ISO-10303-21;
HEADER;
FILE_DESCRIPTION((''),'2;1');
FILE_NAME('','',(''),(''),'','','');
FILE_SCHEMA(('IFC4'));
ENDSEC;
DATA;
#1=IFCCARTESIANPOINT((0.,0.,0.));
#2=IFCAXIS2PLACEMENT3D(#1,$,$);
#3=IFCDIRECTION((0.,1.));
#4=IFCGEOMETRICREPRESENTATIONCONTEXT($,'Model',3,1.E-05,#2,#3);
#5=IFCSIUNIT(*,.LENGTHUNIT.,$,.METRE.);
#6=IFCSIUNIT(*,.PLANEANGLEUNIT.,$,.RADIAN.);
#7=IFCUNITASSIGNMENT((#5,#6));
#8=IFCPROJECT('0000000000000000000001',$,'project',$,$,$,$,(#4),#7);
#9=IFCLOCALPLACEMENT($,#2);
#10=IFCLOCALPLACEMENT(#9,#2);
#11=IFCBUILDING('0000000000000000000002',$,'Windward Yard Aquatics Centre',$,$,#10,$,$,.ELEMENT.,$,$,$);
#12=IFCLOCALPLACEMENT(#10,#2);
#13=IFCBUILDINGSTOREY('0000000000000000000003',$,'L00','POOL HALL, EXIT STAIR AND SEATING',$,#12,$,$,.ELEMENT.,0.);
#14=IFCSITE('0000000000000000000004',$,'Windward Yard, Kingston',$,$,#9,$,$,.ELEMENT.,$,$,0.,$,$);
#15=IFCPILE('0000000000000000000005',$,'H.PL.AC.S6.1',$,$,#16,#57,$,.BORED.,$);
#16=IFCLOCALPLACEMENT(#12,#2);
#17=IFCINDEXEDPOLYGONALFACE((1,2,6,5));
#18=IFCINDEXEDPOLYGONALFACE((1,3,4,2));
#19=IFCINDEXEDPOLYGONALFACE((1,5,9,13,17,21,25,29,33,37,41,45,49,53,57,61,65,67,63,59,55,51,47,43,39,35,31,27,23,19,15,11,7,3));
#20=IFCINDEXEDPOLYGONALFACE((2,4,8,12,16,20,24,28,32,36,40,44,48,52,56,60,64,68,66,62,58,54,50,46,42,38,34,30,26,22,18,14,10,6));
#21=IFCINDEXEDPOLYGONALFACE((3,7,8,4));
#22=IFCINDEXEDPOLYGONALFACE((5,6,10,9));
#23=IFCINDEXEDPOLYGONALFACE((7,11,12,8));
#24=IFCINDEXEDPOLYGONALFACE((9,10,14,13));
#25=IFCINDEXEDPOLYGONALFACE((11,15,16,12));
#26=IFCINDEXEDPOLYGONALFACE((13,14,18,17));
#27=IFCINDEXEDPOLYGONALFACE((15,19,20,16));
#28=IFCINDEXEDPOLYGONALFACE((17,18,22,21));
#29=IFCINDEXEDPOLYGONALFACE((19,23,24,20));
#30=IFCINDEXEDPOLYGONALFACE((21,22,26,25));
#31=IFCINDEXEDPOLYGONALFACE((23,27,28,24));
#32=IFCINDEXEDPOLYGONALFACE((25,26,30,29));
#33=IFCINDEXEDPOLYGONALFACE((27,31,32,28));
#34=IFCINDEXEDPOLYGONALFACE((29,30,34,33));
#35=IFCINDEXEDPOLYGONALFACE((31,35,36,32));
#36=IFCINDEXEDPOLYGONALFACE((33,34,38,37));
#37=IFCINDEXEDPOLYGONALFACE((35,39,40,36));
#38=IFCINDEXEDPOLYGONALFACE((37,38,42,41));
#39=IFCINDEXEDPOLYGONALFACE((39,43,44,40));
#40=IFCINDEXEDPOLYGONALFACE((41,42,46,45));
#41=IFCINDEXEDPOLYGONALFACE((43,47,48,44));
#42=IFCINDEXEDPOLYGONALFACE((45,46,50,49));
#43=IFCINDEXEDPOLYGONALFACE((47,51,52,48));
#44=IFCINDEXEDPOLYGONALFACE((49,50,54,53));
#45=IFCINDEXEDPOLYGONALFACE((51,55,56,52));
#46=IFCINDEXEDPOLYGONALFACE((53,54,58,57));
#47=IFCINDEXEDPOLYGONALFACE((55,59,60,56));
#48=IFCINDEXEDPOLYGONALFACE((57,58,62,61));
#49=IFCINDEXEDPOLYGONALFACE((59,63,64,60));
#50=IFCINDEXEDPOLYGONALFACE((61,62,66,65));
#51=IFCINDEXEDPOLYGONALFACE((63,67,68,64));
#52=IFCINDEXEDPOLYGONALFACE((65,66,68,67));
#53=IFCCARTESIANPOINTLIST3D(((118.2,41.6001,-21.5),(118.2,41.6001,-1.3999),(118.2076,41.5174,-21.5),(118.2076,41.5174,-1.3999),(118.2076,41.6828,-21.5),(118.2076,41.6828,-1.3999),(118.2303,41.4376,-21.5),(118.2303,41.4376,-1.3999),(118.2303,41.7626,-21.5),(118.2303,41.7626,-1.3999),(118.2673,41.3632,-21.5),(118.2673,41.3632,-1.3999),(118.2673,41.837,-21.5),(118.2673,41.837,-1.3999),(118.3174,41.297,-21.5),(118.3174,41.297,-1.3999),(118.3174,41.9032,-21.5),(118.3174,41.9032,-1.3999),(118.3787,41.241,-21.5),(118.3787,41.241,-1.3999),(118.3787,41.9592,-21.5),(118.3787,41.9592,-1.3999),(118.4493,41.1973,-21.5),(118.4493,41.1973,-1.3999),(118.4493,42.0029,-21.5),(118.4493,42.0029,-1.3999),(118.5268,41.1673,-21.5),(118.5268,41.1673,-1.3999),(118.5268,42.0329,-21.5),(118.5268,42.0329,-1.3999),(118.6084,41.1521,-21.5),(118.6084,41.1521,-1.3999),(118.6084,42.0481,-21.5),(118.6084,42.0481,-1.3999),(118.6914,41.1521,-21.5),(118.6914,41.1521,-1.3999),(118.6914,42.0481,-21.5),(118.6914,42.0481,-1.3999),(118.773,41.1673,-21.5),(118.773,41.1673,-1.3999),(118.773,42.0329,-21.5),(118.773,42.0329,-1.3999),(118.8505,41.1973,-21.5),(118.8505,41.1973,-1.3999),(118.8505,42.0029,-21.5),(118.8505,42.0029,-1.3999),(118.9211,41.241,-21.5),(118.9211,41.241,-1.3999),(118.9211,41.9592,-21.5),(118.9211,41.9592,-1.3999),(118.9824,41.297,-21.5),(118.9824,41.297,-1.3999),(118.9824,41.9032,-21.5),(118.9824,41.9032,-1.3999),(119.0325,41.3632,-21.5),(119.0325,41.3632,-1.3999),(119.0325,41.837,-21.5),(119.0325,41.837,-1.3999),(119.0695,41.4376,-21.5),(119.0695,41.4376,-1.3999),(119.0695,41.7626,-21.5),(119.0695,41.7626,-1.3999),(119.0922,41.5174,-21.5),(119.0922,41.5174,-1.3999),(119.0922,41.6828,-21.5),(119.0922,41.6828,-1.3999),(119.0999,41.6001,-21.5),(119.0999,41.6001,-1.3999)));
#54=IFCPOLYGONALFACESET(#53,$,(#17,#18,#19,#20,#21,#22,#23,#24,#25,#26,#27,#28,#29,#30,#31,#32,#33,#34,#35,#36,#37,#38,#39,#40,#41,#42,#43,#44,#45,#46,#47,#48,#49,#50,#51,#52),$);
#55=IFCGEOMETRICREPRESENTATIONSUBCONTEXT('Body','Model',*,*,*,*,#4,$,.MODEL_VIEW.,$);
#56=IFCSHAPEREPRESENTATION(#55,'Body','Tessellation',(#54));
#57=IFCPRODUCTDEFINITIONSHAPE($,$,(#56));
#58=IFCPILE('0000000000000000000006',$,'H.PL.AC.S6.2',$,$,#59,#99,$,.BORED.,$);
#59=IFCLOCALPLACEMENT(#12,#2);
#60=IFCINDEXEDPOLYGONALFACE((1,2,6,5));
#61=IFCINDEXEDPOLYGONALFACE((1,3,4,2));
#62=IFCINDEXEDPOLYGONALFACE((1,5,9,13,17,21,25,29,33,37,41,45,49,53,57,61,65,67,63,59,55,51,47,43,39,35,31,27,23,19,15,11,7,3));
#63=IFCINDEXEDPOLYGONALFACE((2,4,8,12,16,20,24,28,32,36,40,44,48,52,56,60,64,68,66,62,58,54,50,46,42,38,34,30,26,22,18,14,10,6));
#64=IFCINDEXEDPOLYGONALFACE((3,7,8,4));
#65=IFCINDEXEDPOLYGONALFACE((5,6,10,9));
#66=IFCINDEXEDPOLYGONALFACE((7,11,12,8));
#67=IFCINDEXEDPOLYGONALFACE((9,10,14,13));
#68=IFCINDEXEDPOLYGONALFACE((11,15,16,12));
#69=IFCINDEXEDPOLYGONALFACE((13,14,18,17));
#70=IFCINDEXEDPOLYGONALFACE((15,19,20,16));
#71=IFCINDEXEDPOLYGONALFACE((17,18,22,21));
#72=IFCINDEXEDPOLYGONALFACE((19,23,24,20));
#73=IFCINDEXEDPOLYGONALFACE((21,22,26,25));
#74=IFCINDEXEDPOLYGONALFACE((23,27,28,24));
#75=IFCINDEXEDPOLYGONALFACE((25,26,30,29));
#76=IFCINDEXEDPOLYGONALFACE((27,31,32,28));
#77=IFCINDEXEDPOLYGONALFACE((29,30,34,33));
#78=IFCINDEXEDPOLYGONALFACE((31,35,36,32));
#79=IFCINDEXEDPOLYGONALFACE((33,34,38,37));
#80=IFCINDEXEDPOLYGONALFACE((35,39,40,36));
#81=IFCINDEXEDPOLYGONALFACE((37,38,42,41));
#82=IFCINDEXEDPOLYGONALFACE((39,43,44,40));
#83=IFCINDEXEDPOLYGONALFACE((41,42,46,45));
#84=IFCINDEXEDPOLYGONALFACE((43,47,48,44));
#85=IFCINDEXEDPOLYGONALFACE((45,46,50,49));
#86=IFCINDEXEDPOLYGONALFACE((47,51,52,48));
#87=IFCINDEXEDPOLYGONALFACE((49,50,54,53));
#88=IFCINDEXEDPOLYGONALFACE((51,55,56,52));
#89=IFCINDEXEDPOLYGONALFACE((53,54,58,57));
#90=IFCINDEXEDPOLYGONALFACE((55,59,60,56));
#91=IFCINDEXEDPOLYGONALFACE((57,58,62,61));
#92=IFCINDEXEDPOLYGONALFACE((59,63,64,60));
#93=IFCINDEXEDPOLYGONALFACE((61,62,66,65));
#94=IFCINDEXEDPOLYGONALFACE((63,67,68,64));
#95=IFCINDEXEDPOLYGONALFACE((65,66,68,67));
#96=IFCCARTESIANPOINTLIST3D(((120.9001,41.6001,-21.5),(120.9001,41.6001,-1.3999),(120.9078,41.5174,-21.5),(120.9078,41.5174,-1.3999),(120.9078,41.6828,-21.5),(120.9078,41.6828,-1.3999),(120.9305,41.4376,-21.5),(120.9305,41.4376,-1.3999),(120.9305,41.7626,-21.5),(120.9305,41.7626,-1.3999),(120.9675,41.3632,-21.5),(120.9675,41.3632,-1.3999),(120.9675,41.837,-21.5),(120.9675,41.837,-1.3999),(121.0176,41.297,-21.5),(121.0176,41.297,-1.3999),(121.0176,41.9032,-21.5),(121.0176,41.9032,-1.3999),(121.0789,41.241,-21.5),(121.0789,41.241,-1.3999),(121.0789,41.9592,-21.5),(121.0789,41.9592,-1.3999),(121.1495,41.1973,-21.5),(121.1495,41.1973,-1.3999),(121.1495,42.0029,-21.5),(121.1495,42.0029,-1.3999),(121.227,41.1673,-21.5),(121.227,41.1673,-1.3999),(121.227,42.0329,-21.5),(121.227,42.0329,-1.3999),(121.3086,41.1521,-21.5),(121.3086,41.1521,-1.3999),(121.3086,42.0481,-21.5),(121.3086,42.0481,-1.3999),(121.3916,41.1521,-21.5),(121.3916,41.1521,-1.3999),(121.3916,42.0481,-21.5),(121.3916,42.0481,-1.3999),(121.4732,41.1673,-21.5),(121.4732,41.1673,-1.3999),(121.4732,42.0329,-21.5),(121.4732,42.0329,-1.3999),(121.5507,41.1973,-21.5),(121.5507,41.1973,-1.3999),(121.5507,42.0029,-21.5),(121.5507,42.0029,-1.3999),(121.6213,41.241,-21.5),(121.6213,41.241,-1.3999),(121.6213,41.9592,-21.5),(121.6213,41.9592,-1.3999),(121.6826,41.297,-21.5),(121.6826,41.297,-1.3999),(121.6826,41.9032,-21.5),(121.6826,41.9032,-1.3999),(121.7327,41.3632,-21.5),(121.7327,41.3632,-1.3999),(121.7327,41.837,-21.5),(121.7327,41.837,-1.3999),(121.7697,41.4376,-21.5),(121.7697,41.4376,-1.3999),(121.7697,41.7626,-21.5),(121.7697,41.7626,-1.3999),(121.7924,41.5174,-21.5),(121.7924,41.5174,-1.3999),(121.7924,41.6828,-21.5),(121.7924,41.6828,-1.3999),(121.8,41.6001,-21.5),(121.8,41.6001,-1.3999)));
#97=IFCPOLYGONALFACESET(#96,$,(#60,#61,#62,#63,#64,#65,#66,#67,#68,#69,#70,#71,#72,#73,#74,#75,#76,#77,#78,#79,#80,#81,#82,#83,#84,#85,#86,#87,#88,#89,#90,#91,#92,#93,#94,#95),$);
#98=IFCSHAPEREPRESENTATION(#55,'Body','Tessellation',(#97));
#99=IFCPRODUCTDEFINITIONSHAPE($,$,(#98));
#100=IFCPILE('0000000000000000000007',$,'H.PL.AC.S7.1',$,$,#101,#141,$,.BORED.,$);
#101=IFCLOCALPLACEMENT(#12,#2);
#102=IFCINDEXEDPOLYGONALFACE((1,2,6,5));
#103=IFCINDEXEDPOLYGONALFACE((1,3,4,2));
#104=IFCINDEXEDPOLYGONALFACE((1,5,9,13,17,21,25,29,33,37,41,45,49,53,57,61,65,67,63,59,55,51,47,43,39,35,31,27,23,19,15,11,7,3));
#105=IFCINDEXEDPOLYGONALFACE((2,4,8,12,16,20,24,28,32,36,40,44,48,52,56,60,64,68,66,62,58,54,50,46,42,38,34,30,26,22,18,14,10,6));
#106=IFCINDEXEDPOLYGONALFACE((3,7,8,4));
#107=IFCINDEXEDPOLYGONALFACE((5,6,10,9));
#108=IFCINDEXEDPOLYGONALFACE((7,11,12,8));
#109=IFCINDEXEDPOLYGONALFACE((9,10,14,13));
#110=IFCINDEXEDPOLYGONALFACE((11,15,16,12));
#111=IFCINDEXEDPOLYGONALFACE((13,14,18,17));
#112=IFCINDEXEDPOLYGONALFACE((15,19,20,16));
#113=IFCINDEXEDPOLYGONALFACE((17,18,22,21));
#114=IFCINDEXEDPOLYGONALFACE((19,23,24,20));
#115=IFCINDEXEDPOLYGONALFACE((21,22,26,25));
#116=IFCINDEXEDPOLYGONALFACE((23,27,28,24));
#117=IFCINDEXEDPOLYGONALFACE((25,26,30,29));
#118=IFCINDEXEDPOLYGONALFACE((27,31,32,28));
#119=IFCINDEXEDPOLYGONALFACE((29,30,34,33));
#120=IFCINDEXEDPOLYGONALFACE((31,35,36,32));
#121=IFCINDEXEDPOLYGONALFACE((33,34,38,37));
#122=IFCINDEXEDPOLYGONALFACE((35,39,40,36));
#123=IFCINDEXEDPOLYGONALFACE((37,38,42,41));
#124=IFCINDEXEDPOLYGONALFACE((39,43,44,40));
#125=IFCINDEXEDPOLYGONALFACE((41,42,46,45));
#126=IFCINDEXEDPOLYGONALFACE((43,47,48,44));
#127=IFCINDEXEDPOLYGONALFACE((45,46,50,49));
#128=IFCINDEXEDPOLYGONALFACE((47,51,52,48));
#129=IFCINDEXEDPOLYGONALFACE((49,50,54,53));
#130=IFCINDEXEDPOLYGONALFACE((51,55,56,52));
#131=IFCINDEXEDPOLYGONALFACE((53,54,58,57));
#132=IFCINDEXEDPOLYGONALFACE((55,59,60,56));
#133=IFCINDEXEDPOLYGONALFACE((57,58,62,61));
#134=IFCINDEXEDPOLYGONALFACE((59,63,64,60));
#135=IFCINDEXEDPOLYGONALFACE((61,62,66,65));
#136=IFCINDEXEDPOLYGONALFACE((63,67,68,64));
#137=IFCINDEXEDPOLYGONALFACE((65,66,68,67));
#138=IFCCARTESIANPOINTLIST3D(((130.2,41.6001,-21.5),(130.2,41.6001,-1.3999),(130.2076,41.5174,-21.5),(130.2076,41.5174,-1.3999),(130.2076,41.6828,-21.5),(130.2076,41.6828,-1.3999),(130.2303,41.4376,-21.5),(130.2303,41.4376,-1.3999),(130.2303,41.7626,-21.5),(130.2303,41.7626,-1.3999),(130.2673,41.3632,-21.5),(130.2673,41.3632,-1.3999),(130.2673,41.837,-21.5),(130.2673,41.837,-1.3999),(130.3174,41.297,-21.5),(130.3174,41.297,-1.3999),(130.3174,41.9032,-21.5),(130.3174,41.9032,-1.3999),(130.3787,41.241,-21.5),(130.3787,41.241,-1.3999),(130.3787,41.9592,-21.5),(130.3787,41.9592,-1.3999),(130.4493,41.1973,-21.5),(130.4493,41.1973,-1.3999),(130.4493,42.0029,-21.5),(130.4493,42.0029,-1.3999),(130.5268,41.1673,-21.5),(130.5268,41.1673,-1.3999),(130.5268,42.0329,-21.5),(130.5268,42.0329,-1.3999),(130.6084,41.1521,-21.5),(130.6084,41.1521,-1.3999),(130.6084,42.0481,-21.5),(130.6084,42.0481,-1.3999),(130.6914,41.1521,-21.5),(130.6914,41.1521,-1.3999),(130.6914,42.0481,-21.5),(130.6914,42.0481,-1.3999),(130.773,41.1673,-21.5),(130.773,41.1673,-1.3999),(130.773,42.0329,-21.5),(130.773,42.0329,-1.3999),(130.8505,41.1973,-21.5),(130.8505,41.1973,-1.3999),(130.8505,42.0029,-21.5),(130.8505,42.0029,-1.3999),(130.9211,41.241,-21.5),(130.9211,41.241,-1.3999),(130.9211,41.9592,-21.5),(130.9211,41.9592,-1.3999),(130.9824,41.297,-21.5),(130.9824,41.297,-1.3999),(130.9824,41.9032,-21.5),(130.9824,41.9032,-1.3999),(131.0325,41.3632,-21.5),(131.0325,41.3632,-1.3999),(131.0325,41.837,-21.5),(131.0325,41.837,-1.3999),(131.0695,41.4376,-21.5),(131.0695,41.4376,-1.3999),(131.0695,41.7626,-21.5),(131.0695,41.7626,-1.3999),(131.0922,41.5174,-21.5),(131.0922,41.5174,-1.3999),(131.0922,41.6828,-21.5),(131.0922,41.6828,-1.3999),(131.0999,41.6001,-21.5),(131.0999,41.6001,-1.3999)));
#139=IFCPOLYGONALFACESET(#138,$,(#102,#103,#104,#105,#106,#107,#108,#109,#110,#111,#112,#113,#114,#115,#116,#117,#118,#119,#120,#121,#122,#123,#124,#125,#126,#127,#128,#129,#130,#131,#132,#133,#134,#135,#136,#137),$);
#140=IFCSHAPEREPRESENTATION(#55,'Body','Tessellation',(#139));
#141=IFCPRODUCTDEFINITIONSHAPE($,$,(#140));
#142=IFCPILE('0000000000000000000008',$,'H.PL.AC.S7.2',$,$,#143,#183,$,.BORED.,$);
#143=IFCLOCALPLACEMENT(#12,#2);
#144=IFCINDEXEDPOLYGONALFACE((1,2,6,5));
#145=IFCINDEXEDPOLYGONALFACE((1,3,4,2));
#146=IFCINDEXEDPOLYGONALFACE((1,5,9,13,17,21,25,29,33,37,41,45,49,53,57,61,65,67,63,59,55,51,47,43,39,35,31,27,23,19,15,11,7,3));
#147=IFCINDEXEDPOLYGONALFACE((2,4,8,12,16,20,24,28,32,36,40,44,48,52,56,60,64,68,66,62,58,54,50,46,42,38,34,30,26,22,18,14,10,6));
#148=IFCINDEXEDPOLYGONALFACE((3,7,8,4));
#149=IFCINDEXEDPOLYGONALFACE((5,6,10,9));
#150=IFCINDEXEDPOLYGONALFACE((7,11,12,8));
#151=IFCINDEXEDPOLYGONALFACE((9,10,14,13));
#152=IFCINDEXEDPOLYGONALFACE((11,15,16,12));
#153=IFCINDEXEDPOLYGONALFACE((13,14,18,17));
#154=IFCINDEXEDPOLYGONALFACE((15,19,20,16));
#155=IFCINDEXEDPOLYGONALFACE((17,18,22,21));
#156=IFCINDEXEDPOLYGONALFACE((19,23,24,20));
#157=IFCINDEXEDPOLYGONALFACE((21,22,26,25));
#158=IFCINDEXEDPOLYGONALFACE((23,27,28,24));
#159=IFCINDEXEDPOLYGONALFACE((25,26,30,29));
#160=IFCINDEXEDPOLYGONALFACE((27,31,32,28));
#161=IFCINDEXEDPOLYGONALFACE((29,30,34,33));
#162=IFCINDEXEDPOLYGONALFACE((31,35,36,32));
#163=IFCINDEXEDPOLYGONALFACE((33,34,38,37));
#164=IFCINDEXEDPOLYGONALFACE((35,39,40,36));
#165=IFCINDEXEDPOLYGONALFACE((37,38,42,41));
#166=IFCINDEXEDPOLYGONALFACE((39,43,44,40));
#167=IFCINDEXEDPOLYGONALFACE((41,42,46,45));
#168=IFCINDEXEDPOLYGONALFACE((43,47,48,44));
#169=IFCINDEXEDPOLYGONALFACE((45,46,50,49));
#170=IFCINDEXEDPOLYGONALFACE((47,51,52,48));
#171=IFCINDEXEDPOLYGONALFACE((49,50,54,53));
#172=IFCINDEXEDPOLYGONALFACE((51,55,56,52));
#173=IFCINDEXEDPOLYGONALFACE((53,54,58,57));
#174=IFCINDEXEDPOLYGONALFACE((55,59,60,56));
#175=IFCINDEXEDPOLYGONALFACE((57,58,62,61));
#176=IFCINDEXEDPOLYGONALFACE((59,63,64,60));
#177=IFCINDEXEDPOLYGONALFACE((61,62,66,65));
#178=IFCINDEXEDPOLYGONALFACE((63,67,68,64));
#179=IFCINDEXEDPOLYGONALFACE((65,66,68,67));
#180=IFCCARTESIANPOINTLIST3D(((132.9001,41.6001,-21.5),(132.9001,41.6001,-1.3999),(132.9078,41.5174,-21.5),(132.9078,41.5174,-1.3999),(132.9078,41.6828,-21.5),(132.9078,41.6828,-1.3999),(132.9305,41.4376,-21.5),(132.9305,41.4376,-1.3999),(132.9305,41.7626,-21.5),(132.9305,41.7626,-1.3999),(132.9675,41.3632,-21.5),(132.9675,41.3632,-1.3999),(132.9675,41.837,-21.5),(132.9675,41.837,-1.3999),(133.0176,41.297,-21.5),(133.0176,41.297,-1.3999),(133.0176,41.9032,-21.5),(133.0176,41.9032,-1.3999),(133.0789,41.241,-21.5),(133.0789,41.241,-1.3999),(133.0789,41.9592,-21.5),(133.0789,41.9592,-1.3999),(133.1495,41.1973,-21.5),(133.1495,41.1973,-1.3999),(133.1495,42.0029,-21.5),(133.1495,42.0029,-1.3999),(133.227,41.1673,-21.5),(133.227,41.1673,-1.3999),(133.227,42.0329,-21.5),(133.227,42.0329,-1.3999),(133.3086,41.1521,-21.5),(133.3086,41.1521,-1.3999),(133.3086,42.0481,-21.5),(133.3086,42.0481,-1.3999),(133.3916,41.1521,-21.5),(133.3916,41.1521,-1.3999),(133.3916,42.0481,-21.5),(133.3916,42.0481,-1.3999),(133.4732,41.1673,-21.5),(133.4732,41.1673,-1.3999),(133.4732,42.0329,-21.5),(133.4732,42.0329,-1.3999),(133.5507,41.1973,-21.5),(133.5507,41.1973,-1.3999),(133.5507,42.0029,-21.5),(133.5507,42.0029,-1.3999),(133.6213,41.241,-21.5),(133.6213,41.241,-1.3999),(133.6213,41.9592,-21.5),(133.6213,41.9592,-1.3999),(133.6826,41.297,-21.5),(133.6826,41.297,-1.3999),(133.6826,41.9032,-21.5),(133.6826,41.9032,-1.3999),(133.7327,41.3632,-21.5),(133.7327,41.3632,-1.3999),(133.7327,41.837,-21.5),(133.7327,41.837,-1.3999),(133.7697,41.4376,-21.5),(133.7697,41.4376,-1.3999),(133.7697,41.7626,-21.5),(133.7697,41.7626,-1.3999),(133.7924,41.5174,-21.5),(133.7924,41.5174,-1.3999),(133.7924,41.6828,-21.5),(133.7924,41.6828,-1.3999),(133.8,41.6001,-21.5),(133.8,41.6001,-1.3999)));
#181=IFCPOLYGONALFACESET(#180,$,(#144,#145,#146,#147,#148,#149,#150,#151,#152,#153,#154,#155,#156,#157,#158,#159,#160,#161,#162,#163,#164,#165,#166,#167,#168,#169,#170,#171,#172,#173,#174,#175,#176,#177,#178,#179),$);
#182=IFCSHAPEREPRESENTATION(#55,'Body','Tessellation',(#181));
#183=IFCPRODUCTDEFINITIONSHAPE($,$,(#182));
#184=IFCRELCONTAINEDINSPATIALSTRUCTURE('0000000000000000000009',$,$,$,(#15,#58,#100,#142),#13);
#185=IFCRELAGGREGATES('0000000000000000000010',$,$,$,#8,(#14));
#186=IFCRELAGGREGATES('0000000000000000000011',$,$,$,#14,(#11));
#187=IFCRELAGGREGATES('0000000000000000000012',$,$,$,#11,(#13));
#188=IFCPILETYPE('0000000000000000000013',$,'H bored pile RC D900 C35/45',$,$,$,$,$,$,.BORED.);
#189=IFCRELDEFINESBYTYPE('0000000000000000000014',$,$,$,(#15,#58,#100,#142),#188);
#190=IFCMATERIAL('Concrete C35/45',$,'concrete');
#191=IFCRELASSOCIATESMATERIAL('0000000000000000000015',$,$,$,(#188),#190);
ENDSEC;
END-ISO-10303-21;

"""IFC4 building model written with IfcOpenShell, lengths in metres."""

from ifc_helpers import new_model, si_unit, direction, frame, origin, origin_2d, place, context, subcontext, project, spatial, circle, extrude, material, material_profile, profile_set, type_object, element, save


model = new_model("IFC4")

# Units and contexts
model_context = context("Model", 3, precision=1e-05, world=origin(), true_north=direction((0.0, 1.0)))
body_context = subcontext(model_context, "Body", "Model", "MODEL_VIEW")
ifc_project = project(units=[si_unit("LENGTHUNIT", "METRE"), si_unit("PLANEANGLEUNIT", "RADIAN")], contexts=[model_context])

# Site, building, storey
site_placement = place(None, origin())
site = spatial("IfcSite", under=ifc_project, at=site_placement, Name="Windward Yard, Kingston", CompositionType="ELEMENT", RefElevation=0.0)
building_placement = place(site_placement, origin())
building = spatial("IfcBuilding", under=site, at=building_placement, Name="Windward Yard Aquatics Centre", CompositionType="ELEMENT")
storey_placement = place(building_placement, origin())
storey = spatial("IfcBuildingStorey", under=building, at=storey_placement, Name="L00", Description="POOL HALL, EXIT STAIR AND SEATING", CompositionType="ELEMENT", Elevation=0.0)

# Piles
ifc_material_1 = material(Name="Concrete C35/45", Category="concrete")
ifc_material_profile_1 = material_profile(ifc_material_1, circle(Radius=0.45, at=origin_2d()), Name="RC D900")
ifc_profile_set_1 = profile_set([ifc_material_profile_1], Name="Concrete C35/45")
pile_type = type_object("IfcPileType", Name="H bored pile RC D900 C35/45", PredefinedType="BORED", material=ifc_profile_set_1)
for number, where, z_axis, x_axis, name in (
    (1, (118.6499, 41.6001, -1.3999), (0.0, 0.0, -1.0), (1.0, 0.0, 0.0), "H.PL.AC.S6.1"),
    (2, (121.3501, 41.6001, -1.3999), (0.0, 0.0, -1.0), (1.0, 0.0, 0.0), "H.PL.AC.S6.2"),
    (3, (130.6499, 41.6001, -1.3999), (0.0, 0.0, -1.0), (1.0, 0.0, 0.0), "H.PL.AC.S7.1"),
    (4, (133.3501, 41.6001, -1.3999), (0.0, 0.0, -1.0), (1.0, 0.0, 0.0), "H.PL.AC.S7.2"),
):
    element("IfcPile", number, at=place(storey_placement, frame(where, z_axis=z_axis, x_axis=x_axis)), inside=storey, type_object=pile_type, Name=name, PredefinedType="BORED", context=body_context, shape_type="SweptSolid", body=[
        extrude(circle(Radius=0.45, at=origin_2d()), origin(), (0.0, 0.0, 1.0), 20.1001),
    ])

save(model, "model.ifc")
